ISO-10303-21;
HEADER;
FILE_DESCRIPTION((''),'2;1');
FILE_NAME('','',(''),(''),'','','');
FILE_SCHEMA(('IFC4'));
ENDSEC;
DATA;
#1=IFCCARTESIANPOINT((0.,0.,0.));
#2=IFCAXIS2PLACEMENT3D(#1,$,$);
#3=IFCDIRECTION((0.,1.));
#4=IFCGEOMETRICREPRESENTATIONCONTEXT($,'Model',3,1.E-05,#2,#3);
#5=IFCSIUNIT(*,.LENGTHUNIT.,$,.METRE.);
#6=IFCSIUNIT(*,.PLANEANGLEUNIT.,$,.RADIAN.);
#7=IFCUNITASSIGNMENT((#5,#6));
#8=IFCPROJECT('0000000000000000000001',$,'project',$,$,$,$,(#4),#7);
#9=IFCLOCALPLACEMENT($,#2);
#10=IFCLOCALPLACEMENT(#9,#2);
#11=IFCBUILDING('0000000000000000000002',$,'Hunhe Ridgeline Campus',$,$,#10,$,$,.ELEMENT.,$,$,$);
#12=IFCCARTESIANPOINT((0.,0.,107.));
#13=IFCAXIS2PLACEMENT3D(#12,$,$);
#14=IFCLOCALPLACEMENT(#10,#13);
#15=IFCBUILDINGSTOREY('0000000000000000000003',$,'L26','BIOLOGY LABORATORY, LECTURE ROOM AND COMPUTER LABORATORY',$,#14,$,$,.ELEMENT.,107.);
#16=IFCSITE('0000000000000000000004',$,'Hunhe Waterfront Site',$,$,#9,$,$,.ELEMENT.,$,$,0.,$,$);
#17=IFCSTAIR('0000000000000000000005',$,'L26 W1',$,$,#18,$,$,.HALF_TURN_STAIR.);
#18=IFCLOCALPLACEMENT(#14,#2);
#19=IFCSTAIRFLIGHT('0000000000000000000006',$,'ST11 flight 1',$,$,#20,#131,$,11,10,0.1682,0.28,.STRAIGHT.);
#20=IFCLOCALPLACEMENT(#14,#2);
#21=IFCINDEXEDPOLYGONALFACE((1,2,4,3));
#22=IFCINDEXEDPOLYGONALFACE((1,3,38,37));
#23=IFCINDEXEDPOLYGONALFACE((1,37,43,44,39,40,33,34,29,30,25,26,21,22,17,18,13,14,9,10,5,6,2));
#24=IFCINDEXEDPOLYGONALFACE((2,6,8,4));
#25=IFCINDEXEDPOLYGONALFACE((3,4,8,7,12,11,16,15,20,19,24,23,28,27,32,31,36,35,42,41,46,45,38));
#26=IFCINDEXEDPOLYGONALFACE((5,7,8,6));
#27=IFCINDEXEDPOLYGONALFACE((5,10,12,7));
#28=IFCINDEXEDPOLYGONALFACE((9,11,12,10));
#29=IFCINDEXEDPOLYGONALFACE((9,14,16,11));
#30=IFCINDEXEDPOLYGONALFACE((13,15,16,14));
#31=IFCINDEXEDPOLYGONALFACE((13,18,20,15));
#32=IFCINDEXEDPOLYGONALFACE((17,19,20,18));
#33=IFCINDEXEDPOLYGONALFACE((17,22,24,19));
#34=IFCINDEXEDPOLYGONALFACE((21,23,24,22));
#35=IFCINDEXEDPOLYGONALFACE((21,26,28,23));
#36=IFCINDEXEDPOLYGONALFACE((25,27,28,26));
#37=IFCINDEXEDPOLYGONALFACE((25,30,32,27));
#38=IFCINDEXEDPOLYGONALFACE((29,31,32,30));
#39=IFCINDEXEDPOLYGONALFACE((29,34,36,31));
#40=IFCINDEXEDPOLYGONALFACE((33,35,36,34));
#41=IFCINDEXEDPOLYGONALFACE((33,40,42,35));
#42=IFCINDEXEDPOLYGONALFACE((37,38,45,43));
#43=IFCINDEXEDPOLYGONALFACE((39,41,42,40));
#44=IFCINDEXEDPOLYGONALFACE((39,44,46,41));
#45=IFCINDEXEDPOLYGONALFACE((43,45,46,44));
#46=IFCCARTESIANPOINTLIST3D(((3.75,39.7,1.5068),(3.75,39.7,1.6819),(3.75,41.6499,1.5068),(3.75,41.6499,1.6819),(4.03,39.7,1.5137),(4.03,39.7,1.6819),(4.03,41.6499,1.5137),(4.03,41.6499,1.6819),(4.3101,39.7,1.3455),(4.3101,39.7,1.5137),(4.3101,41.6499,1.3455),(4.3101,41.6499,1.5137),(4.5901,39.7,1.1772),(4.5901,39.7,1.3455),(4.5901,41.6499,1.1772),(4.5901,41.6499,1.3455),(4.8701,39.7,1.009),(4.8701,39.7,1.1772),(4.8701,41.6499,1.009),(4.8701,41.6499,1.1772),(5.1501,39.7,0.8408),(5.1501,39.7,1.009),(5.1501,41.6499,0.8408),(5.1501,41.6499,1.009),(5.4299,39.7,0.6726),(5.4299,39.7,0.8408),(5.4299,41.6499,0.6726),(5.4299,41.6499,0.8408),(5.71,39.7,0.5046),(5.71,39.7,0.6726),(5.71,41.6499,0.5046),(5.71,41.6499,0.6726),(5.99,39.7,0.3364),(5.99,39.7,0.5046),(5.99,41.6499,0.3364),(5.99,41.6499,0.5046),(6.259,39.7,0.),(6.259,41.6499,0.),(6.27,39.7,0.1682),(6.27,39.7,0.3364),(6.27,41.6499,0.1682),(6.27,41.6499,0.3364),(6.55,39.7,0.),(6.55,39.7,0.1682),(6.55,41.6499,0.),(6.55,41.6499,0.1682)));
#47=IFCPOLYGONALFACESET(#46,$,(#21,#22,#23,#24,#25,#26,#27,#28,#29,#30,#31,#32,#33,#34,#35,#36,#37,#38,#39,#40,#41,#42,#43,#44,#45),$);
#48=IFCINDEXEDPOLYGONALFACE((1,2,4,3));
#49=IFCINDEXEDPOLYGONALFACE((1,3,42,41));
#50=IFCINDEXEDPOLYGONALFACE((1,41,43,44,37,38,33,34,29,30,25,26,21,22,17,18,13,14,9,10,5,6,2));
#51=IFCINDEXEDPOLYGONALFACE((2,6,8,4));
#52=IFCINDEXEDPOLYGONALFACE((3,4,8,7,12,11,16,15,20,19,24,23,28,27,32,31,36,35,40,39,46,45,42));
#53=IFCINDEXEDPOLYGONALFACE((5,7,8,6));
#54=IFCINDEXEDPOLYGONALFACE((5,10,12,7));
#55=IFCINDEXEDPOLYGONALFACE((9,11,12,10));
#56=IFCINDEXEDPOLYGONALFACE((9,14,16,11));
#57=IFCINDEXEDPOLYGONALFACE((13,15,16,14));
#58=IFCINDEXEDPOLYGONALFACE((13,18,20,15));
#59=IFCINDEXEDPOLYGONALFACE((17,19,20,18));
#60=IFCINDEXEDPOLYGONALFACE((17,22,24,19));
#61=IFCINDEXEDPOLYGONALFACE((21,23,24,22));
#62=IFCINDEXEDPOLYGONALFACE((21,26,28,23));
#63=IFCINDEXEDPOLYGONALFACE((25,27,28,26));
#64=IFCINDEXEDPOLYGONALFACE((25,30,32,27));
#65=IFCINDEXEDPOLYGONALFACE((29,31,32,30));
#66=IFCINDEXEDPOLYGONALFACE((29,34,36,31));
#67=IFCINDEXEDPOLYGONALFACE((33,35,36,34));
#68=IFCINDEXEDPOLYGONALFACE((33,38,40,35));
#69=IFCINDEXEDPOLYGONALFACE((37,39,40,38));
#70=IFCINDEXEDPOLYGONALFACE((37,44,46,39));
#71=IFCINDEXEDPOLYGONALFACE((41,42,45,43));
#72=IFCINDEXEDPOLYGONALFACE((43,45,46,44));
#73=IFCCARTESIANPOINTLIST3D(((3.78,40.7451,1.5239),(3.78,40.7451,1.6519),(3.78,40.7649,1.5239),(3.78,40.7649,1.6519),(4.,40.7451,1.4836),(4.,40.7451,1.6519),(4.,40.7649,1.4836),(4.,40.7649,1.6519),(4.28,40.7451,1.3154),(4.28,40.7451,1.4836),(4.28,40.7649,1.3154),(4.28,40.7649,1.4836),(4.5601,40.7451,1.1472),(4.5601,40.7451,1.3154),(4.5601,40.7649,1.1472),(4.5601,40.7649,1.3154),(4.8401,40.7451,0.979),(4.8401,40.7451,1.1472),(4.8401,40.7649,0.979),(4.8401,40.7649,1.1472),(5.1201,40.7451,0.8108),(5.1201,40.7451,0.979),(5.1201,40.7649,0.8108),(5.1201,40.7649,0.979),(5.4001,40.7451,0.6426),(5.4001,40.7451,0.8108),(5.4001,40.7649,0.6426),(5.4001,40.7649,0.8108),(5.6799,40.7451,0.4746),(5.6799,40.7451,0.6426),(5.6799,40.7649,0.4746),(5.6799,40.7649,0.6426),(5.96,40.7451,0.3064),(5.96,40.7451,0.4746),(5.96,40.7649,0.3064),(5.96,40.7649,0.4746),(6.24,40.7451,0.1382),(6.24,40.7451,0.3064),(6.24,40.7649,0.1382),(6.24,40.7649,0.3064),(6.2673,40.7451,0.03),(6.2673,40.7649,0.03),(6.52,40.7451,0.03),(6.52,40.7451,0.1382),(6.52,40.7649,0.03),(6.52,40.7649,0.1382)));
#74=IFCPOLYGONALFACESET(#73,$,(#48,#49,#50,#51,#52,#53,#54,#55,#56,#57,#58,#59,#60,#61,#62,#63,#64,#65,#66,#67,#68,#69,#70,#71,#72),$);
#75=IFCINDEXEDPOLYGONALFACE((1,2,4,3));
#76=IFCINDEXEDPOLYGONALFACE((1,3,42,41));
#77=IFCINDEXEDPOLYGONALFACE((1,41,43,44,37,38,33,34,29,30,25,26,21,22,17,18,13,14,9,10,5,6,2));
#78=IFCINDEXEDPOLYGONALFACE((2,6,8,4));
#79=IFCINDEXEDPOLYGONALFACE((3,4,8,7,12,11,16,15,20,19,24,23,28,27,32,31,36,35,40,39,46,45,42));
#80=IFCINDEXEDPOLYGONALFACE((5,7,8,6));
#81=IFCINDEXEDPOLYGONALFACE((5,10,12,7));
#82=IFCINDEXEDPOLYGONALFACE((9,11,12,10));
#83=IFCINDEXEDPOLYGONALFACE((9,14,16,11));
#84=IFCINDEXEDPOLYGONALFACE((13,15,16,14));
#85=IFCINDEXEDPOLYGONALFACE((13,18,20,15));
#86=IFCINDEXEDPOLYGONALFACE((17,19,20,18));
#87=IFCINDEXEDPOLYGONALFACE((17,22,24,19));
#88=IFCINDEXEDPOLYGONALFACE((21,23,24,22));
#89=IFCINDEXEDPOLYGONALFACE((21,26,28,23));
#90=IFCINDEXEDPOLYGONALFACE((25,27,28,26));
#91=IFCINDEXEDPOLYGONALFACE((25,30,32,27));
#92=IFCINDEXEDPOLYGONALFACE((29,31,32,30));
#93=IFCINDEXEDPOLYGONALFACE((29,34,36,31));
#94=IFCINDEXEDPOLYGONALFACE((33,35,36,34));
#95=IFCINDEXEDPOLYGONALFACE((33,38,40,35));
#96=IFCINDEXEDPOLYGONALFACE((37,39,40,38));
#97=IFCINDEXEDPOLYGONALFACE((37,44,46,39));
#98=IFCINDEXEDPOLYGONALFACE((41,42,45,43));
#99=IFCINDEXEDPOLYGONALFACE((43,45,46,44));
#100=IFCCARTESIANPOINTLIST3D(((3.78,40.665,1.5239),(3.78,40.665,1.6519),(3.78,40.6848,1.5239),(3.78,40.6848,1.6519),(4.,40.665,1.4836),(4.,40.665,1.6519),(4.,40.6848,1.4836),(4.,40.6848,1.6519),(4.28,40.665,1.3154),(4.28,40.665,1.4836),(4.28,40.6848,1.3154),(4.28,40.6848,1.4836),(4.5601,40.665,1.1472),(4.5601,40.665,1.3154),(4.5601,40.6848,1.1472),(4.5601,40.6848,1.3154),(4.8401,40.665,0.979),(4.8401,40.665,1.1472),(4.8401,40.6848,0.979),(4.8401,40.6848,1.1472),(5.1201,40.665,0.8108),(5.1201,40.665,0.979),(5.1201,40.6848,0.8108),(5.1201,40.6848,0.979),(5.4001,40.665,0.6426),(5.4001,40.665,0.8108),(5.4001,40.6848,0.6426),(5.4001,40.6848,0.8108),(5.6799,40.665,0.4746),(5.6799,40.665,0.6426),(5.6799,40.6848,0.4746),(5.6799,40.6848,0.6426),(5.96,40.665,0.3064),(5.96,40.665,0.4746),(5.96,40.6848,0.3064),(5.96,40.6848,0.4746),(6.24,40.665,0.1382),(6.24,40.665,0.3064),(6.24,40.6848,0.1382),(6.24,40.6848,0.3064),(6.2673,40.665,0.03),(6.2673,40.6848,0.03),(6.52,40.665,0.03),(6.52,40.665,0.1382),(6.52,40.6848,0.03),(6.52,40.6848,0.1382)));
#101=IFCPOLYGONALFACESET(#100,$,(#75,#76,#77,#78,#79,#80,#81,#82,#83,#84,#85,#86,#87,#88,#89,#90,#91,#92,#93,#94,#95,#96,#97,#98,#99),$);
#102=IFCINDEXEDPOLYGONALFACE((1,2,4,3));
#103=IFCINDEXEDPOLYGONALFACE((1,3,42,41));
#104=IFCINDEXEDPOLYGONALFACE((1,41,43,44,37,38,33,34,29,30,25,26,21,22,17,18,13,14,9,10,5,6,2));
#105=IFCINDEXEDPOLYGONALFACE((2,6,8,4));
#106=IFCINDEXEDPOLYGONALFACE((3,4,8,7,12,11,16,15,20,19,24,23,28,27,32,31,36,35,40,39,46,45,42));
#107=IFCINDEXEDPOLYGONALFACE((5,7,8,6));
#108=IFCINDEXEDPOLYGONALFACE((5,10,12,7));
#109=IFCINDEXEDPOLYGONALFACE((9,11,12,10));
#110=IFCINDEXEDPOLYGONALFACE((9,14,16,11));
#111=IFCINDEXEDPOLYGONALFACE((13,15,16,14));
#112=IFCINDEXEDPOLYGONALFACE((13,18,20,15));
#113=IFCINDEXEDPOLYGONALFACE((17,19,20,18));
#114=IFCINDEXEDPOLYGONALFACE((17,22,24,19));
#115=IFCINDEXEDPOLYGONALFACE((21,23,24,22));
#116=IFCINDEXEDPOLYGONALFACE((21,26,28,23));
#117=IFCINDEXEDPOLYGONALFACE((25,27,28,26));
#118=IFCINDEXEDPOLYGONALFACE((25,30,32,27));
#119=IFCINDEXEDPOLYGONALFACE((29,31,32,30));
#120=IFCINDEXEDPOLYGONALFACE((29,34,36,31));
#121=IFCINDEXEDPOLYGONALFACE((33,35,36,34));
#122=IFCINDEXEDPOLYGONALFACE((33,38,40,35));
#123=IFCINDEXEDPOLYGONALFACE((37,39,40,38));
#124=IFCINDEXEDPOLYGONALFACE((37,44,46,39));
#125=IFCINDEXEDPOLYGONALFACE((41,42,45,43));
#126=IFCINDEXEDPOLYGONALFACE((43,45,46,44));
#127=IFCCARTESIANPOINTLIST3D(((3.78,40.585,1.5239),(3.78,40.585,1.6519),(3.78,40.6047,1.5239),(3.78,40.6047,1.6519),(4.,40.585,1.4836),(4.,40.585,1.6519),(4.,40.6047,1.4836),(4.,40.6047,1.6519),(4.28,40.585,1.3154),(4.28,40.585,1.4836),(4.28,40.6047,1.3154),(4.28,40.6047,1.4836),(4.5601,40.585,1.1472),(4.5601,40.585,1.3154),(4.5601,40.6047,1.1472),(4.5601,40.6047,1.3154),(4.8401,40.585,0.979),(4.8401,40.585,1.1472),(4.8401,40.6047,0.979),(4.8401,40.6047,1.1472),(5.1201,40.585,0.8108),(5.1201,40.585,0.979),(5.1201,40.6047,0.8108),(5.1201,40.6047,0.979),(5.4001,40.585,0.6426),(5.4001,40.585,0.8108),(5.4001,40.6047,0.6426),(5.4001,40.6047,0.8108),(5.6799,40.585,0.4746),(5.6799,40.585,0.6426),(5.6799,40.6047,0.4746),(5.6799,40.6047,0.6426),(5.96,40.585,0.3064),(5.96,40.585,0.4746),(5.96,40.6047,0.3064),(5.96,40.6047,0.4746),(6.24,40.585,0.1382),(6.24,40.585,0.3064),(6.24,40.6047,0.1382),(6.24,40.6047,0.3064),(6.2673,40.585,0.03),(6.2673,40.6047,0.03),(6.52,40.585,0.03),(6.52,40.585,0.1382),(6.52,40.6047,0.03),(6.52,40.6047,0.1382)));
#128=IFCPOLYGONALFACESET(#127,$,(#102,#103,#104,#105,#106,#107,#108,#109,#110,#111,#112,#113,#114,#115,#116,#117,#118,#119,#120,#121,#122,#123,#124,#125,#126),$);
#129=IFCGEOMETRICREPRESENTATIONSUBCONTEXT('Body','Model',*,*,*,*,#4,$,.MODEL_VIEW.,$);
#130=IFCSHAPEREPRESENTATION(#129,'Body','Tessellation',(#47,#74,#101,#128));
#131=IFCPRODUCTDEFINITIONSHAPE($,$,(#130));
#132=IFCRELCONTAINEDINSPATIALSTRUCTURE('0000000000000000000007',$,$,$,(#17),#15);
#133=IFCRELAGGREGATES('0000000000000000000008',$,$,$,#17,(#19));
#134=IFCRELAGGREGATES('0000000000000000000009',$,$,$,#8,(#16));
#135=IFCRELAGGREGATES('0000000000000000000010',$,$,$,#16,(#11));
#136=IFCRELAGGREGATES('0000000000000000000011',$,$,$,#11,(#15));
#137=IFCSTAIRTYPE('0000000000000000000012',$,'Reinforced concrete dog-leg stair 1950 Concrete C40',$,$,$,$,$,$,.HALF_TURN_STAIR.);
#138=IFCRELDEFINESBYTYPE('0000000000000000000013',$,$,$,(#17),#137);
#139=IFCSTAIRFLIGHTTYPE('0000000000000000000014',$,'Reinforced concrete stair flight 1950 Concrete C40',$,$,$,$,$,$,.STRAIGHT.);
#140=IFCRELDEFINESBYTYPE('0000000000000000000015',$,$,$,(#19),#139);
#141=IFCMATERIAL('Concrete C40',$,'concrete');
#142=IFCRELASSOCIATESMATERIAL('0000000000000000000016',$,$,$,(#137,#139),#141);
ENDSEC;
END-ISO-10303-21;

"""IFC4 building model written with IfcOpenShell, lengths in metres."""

from ifc_helpers import new_model, si_unit, direction, frame, origin, place, context, subcontext, project, spatial, polyline, outline, extrude, material, type_object, element, aggregate, save


model = new_model("IFC4")

# Units and contexts
model_context = context("Model", 3, precision=1e-05, world=origin(), true_north=direction((0.0, 1.0)))
body_context = subcontext(model_context, "Body", "Model", "MODEL_VIEW")
ifc_project = project(units=[si_unit("LENGTHUNIT", "METRE"), si_unit("PLANEANGLEUNIT", "RADIAN")], contexts=[model_context])

# Site, building, storey
site_placement = place(None, origin())
site = spatial("IfcSite", under=ifc_project, at=site_placement, Name="Hunhe Waterfront Site", CompositionType="ELEMENT", RefElevation=0.0)
building_placement = place(site_placement, origin())
building = spatial("IfcBuilding", under=site, at=building_placement, Name="Hunhe Ridgeline Campus", CompositionType="ELEMENT")
storey_placement = place(building_placement, frame((0.0, 0.0, 107.0)))
storey = spatial("IfcBuildingStorey", under=building, at=storey_placement, Name="L26", Description="BIOLOGY LABORATORY, LECTURE ROOM AND COMPUTER LABORATORY", CompositionType="ELEMENT", Elevation=107.0)

# Shared definitions
ifc_material_1 = material(Name="Concrete C40", Category="concrete")
stair_type = type_object("IfcStairType", Name="Reinforced concrete dog-leg stair 1950 Concrete C40", PredefinedType="HALF_TURN_STAIR", material=ifc_material_1)
stair_flight_type = type_object("IfcStairFlightType", Name="Reinforced concrete stair flight 1950 Concrete C40", PredefinedType="STRAIGHT", material=ifc_material_1)

# Stair, stair flight
stair_1_placement = place(storey_placement, origin())
stair_1 = element("IfcStair", 1, at=stair_1_placement, inside=storey, type_object=stair_type, Name="L26 W1", PredefinedType="HALF_TURN_STAIR")
stair_flight_1_placement = place(storey_placement, frame((6.55, 40.675, 0.0), z_axis=(0.0, 0.0, 1.0), x_axis=(-1.0, 0.0, 0.0)))
stair_flight_1 = element("IfcStairFlight", 2, at=stair_flight_1_placement, type_object=stair_flight_type, Name="ST11 flight 1", NumberOfRisers=11, NumberOfTreads=10, PredefinedType="STRAIGHT", RiserHeight=0.1682, TreadLength=0.28, context=body_context, shape_type="SweptSolid", body=[
    extrude(outline(polyline([(0.0, 0.0), (0.0, 0.1682), (0.28, 0.1682), (0.28, 0.3364), (0.5601, 0.3364), (0.5601, 0.5046), (0.8401, 0.5046), (0.8401, 0.6726), (1.1201, 0.6726), (1.1201, 0.8408), (1.3999, 0.8408), (1.3999, 1.009), (1.6799, 1.009), (1.6799, 1.1772), (1.96, 1.1772), (1.96, 1.3455), (2.24, 1.3455), (2.24, 1.5137), (2.52, 1.5137), (2.52, 1.6819), (2.8, 1.6819), (2.8, 1.8501), (2.8, 1.5068), (0.291, 0.0), (0.0, 0.0)])), frame((0.0, 0.9751, 0.0), z_axis=(0.0, -1.0, 0.0), x_axis=(1.0, 0.0, 0.0)), (0.0, 0.0, 1.0), 1.95),
    extrude(outline(polyline([(0.03, 0.03), (0.03, 0.1382), (0.3101, 0.1382), (0.3101, 0.3064), (0.5901, 0.3064), (0.5901, 0.4746), (0.8701, 0.4746), (0.8701, 0.6426), (1.1499, 0.6426), (1.1499, 0.8108), (1.4299, 0.8108), (1.4299, 0.979), (1.71, 0.979), (1.71, 1.1472), (1.99, 1.1472), (1.99, 1.3154), (2.27, 1.3154), (2.27, 1.4836), (2.55, 1.4836), (2.55, 1.6519), (2.77, 1.6519), (2.77, 1.5239), (0.2827, 0.03), (0.03, 0.03)])), frame((0.0, -0.0701, 0.0), z_axis=(0.0, -1.0, 0.0), x_axis=(1.0, 0.0, 0.0)), (0.0, 0.0, 1.0), 0.0198),
    extrude(outline(polyline([(0.03, 0.03), (0.03, 0.1382), (0.3101, 0.1382), (0.3101, 0.3064), (0.5901, 0.3064), (0.5901, 0.4746), (0.8701, 0.4746), (0.8701, 0.6426), (1.1499, 0.6426), (1.1499, 0.8108), (1.4299, 0.8108), (1.4299, 0.979), (1.71, 0.979), (1.71, 1.1472), (1.99, 1.1472), (1.99, 1.3154), (2.27, 1.3154), (2.27, 1.4836), (2.55, 1.4836), (2.55, 1.6519), (2.77, 1.6519), (2.77, 1.5239), (0.2827, 0.03), (0.03, 0.03)])), frame((0.0, 0.01, 0.0), z_axis=(0.0, -1.0, 0.0), x_axis=(1.0, 0.0, 0.0)), (0.0, 0.0, 1.0), 0.0198),
    extrude(outline(polyline([(0.03, 0.03), (0.03, 0.1382), (0.3101, 0.1382), (0.3101, 0.3064), (0.5901, 0.3064), (0.5901, 0.4746), (0.8701, 0.4746), (0.8701, 0.6426), (1.1499, 0.6426), (1.1499, 0.8108), (1.4299, 0.8108), (1.4299, 0.979), (1.71, 0.979), (1.71, 1.1472), (1.99, 1.1472), (1.99, 1.3154), (2.27, 1.3154), (2.27, 1.4836), (2.55, 1.4836), (2.55, 1.6519), (2.77, 1.6519), (2.77, 1.5239), (0.2827, 0.03), (0.03, 0.03)])), frame((0.0, 0.0901, 0.0), z_axis=(0.0, -1.0, 0.0), x_axis=(1.0, 0.0, 0.0)), (0.0, 0.0, 1.0), 0.0198),
])
aggregate(stair_1, [stair_flight_1])

save(model, "model.ifc")
